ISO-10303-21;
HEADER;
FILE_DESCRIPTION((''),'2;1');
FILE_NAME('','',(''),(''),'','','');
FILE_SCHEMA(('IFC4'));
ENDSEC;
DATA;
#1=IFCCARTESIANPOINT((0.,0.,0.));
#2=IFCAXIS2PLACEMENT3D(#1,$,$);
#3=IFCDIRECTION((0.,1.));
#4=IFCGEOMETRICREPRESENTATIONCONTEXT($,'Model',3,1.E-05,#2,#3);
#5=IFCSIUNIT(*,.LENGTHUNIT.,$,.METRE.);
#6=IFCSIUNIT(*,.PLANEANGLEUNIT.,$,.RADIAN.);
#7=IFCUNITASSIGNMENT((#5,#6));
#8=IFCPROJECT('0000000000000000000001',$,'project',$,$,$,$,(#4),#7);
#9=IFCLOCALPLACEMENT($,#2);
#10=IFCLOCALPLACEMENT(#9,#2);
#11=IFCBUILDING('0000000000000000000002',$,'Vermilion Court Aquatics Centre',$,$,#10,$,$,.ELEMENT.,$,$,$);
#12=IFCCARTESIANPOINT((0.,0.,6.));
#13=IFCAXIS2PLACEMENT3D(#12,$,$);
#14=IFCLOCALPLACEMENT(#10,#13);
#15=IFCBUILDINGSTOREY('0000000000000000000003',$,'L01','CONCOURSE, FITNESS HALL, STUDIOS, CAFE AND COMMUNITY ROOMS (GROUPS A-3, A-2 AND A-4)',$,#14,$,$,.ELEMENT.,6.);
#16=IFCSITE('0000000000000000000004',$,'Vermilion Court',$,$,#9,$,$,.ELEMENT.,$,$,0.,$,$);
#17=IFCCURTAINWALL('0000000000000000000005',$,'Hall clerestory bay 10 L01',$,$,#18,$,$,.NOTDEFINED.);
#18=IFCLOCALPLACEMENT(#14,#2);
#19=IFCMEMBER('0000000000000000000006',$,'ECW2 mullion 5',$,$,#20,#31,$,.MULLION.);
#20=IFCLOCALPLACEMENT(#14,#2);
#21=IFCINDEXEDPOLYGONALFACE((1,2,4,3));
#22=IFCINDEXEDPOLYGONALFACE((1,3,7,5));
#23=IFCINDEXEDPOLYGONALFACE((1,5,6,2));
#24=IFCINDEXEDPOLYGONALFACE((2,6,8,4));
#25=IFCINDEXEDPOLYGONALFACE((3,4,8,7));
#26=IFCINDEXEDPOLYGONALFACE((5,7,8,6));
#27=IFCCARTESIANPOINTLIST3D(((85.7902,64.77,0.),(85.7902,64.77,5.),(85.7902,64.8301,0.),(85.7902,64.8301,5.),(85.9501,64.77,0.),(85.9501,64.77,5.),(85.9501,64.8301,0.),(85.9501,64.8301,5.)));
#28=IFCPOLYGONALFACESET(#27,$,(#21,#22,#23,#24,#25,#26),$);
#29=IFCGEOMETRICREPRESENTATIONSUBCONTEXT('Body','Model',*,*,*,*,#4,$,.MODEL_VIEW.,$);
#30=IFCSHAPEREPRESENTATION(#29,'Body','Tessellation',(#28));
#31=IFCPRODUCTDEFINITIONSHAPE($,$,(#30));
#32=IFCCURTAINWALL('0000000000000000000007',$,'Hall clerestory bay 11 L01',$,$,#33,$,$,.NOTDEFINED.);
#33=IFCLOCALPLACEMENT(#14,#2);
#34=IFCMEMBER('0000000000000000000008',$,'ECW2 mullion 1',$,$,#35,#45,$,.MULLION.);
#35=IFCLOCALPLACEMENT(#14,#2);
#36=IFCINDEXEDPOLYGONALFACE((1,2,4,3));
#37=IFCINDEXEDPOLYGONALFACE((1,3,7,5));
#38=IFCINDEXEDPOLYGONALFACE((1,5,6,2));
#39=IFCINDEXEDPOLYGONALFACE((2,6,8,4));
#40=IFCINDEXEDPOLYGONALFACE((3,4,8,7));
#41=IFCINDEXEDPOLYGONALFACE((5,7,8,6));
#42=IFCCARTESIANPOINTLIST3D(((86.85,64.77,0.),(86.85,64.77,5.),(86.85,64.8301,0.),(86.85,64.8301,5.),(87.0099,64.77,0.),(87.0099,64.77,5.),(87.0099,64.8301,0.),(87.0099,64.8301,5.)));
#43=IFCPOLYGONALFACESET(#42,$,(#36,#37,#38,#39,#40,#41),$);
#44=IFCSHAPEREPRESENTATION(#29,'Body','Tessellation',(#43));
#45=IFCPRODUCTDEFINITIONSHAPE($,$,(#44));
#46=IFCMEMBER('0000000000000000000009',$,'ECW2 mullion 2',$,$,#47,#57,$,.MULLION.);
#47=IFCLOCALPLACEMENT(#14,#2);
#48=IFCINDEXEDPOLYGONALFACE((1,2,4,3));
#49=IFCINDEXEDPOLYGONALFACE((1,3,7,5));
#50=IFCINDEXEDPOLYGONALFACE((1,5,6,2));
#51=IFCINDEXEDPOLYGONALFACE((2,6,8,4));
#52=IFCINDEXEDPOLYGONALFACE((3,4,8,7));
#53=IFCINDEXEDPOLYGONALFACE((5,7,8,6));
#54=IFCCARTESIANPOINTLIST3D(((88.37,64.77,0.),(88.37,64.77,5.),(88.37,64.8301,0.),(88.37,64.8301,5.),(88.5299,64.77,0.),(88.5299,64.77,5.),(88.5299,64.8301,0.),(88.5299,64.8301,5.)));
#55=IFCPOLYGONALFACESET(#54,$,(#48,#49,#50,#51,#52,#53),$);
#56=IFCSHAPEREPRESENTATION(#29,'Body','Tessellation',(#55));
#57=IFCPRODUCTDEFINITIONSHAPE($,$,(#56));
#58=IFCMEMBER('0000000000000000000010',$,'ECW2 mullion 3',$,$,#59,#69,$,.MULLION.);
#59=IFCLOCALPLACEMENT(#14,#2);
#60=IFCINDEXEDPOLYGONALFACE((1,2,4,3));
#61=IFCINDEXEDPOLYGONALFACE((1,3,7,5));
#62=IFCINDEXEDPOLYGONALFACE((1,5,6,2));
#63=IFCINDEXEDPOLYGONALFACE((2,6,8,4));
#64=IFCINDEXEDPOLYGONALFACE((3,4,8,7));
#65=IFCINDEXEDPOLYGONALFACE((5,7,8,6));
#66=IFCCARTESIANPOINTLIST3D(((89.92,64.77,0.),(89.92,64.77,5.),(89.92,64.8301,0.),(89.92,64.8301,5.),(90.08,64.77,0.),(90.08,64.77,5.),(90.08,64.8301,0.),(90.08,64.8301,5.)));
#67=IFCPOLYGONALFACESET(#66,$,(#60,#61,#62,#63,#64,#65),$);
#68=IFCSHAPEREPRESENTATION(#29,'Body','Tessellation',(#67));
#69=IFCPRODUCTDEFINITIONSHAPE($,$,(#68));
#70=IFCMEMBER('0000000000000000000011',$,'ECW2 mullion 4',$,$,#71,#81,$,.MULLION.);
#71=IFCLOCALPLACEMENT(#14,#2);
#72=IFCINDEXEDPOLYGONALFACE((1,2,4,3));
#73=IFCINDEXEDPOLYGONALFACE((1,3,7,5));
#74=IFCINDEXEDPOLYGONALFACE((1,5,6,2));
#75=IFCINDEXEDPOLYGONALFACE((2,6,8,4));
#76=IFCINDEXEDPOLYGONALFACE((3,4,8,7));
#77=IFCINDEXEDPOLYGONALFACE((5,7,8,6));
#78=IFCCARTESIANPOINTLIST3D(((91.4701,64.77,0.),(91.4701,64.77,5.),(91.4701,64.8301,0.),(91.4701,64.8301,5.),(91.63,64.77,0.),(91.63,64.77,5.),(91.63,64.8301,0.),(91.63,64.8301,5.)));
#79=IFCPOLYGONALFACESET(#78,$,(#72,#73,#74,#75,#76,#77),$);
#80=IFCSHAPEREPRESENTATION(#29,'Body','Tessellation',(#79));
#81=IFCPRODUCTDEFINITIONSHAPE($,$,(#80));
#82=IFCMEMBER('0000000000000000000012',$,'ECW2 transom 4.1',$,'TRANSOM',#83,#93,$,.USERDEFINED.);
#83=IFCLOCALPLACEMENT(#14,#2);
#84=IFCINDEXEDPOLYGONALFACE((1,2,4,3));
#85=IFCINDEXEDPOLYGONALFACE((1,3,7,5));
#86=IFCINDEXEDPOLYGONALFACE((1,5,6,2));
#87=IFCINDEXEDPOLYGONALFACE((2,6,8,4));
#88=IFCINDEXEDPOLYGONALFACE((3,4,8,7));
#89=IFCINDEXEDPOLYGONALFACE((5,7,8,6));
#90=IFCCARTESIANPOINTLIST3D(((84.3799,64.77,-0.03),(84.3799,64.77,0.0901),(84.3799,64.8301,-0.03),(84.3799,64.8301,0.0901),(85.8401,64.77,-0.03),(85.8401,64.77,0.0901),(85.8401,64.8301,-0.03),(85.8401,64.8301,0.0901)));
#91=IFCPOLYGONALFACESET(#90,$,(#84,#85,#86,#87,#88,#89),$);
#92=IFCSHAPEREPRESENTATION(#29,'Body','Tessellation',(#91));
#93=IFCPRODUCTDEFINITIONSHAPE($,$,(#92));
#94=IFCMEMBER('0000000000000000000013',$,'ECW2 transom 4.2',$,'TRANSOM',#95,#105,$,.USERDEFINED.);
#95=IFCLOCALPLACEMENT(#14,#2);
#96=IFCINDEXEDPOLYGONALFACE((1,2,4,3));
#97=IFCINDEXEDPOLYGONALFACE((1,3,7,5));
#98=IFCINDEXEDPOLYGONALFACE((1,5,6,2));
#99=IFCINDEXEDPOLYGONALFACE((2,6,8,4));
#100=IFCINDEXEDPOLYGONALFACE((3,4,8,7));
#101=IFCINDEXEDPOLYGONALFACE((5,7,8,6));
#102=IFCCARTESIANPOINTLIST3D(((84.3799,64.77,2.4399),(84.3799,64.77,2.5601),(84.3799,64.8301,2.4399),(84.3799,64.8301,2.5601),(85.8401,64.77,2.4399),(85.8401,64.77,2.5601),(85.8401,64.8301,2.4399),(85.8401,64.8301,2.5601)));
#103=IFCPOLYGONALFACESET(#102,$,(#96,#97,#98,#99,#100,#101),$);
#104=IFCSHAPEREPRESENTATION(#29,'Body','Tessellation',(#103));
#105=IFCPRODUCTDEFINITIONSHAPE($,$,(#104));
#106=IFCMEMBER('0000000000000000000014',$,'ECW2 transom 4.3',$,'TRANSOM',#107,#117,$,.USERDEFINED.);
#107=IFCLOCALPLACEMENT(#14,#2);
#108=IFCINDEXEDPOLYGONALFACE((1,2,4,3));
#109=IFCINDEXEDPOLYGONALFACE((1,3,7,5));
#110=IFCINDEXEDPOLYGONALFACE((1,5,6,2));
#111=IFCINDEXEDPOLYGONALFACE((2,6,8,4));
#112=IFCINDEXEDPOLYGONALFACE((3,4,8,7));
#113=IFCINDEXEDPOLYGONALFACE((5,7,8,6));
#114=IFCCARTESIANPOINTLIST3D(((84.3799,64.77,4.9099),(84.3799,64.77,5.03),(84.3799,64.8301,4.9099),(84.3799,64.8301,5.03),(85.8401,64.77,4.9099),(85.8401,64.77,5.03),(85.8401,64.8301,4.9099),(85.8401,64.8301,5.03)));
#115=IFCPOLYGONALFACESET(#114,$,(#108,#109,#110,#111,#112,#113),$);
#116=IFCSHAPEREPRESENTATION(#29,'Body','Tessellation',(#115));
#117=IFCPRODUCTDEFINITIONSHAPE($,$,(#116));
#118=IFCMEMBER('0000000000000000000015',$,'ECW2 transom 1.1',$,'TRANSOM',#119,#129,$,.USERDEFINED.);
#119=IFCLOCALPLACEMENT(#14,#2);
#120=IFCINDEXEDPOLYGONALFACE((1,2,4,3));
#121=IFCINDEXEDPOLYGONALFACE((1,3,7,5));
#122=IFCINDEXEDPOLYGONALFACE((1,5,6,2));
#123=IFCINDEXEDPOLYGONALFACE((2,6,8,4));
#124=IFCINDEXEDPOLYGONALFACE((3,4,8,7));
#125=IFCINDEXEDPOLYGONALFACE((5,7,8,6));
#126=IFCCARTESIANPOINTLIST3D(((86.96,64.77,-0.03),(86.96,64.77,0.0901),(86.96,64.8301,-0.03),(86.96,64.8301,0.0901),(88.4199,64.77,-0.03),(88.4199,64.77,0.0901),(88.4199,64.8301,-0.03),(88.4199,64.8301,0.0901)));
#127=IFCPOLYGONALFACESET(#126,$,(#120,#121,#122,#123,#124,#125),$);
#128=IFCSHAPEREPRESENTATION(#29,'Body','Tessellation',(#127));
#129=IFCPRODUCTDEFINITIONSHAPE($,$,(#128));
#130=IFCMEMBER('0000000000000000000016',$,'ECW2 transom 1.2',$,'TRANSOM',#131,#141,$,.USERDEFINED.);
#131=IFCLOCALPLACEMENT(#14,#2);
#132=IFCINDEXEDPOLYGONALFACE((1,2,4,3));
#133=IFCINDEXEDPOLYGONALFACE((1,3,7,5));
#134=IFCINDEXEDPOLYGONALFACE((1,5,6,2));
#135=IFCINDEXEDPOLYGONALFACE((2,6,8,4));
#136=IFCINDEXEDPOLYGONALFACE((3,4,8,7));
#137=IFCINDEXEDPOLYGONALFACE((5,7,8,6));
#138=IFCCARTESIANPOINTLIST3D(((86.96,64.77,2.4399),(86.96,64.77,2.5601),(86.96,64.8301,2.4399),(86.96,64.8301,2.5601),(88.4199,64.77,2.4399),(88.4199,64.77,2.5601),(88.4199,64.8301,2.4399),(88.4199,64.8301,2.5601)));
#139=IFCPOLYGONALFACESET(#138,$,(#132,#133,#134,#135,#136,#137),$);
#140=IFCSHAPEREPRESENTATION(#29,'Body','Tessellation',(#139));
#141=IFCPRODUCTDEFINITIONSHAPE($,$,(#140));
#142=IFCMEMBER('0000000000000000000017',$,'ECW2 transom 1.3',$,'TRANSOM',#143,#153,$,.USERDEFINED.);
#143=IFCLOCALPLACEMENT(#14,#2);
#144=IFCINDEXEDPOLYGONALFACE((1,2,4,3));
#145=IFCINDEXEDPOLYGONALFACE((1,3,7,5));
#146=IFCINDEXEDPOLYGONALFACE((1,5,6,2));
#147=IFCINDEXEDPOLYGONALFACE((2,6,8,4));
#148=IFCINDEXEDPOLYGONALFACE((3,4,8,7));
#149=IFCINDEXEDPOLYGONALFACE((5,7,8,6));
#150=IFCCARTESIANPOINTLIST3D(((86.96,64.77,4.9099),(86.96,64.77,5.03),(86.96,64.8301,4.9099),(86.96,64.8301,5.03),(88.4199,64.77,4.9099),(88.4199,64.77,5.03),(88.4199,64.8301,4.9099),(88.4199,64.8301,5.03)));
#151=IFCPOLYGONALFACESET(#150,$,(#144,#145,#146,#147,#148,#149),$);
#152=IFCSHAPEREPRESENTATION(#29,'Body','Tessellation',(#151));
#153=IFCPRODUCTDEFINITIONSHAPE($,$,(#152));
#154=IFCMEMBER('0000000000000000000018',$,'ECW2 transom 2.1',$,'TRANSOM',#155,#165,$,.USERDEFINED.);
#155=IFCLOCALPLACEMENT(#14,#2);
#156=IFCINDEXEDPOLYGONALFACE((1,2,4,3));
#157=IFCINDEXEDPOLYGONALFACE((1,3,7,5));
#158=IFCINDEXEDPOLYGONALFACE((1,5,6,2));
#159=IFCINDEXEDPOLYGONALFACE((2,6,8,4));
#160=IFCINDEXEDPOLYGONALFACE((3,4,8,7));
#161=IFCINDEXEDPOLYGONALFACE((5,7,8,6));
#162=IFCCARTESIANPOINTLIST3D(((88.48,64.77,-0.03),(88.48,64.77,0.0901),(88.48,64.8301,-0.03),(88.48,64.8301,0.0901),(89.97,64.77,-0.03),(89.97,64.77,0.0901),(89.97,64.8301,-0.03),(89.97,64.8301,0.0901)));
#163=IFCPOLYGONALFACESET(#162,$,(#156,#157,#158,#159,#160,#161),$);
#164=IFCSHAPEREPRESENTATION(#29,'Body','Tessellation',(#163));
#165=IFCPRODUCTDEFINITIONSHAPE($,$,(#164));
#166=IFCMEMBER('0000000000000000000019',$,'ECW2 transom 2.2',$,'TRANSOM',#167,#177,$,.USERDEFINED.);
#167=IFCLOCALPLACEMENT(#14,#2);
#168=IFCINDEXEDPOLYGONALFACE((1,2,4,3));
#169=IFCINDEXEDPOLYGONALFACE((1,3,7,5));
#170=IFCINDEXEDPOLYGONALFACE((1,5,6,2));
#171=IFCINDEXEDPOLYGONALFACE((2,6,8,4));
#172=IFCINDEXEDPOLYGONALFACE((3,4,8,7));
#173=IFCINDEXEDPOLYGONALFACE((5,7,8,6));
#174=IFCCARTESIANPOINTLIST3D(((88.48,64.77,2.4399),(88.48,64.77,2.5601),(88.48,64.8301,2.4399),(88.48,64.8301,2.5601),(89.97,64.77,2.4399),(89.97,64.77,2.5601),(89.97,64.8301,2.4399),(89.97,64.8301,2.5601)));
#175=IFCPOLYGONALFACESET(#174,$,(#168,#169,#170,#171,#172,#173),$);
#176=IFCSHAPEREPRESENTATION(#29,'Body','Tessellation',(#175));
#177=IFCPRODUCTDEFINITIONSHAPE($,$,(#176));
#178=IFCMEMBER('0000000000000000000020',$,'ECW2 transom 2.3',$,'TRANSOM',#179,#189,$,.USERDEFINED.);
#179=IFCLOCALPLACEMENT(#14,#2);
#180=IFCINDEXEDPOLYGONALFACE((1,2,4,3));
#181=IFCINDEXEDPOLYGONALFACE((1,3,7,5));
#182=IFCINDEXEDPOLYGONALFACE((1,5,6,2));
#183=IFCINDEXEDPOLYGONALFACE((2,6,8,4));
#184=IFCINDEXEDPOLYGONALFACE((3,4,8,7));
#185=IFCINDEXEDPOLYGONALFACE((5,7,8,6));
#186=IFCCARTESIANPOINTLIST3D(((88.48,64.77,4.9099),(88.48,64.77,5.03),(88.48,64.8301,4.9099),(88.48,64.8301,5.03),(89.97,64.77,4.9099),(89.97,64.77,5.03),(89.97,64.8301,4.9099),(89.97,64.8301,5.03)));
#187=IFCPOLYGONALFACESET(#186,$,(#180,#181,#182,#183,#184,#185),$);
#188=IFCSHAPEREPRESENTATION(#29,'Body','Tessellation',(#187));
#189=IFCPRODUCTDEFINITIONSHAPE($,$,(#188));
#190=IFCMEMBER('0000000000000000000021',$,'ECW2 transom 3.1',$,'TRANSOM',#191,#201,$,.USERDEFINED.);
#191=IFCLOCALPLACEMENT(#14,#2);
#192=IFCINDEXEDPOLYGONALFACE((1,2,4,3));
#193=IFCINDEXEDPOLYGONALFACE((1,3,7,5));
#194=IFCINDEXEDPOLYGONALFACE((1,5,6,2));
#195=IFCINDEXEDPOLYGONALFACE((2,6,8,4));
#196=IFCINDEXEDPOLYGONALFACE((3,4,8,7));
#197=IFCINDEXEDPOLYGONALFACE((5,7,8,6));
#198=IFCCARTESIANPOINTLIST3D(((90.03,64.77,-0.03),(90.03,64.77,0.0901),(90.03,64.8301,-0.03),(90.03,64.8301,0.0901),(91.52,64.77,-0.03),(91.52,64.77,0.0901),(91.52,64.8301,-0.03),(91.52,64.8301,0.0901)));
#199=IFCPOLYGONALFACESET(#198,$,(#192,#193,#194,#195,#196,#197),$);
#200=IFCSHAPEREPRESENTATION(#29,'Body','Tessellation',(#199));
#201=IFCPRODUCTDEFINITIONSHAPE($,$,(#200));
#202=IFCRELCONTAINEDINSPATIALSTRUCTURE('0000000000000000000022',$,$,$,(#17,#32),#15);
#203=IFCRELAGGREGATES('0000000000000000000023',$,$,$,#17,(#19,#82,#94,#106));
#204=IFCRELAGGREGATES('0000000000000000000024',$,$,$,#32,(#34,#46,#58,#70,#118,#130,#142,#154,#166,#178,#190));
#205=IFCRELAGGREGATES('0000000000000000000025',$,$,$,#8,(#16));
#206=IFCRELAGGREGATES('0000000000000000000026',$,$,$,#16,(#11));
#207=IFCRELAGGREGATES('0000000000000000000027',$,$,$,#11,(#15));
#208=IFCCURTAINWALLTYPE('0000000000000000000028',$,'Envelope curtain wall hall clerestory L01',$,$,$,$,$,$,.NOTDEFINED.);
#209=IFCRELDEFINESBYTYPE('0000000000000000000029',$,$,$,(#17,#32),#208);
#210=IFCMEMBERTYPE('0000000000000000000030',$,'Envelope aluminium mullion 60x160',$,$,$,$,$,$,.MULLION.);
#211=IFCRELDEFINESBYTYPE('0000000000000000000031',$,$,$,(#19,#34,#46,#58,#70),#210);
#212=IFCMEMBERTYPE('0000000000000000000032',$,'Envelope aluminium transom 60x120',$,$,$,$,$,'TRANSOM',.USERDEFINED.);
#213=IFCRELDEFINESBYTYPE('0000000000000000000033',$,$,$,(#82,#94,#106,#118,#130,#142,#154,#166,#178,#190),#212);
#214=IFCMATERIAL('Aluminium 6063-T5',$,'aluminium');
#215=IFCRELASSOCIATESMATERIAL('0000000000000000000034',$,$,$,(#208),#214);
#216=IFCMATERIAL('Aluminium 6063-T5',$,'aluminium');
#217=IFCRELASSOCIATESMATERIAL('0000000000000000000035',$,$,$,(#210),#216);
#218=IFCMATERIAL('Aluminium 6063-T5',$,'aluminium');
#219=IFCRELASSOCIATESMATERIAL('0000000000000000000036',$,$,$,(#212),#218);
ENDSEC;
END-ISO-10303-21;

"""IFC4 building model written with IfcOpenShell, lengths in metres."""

from ifc_helpers import new_model, si_unit, direction, frame, origin, origin_2d, place, context, subcontext, project, spatial, rectangle, extrude, material, material_profile, profile_set, type_object, element, aggregate, save


model = new_model("IFC4")

# Units and contexts
model_context = context("Model", 3, precision=1e-05, world=origin(), true_north=direction((0.0, 1.0)))
body_context = subcontext(model_context, "Body", "Model", "MODEL_VIEW")
ifc_project = project(units=[si_unit("LENGTHUNIT", "METRE"), si_unit("PLANEANGLEUNIT", "RADIAN")], contexts=[model_context])

# Site, building, storey
site_placement = place(None, origin())
site = spatial("IfcSite", under=ifc_project, at=site_placement, Name="Vermilion Court", CompositionType="ELEMENT", RefElevation=0.0)
building_placement = place(site_placement, origin())
building = spatial("IfcBuilding", under=site, at=building_placement, Name="Vermilion Court Aquatics Centre", CompositionType="ELEMENT")
storey_placement = place(building_placement, frame((0.0, 0.0, 6.0)))
storey = spatial("IfcBuildingStorey", under=building, at=storey_placement, Name="L01", Description="CONCOURSE, FITNESS HALL, STUDIOS, CAFE AND COMMUNITY ROOMS (GROUPS A-3, A-2 AND A-4)", CompositionType="ELEMENT", Elevation=6.0)

# Curtain wall, member
ifc_material_1 = material(Name="Aluminium 6063-T5", Category="aluminium")
curtain_wall_type = type_object("IfcCurtainWallType", Name="Envelope curtain wall hall clerestory L01", PredefinedType="NOTDEFINED", material=ifc_material_1)
curtain_wall_1_placement = place(storey_placement, origin())
curtain_wall_1 = element("IfcCurtainWall", 1, at=curtain_wall_1_placement, inside=storey, type_object=curtain_wall_type, Name="Hall clerestory bay 10 L01", PredefinedType="NOTDEFINED")
ifc_material_2 = material(Name="Aluminium 6063-T5", Category="aluminium")
ifc_material_profile_1 = material_profile(ifc_material_2, rectangle(XDim=0.0601, YDim=0.1599, at=origin_2d()), Name="AL 60x160")
ifc_profile_set_1 = profile_set([ifc_material_profile_1], Name="Aluminium 6063-T5")
member_type_1 = type_object("IfcMemberType", Name="Envelope aluminium mullion 60x160", PredefinedType="MULLION", material=ifc_profile_set_1)
member_1_placement = place(storey_placement, frame((85.8701, 64.8, 0.0), z_axis=(0.0, 0.0, 1.0), x_axis=(0.0, 1.0, 0.0)))
member_1 = element("IfcMember", 2, at=member_1_placement, type_object=member_type_1, Name="ECW2 mullion 5", PredefinedType="MULLION", context=body_context, shape_type="SweptSolid", body=[
    extrude(rectangle(XDim=0.0601, YDim=0.1599, at=origin_2d()), origin(), (0.0, 0.0, 1.0), 5.0),
])

# Curtain wall, members
curtain_wall_2_placement = place(storey_placement, origin())
curtain_wall_2 = element("IfcCurtainWall", 3, at=curtain_wall_2_placement, inside=storey, type_object=curtain_wall_type, Name="Hall clerestory bay 11 L01", PredefinedType="NOTDEFINED")
member_2_placement = place(storey_placement, frame((86.9299, 64.8, 0.0), z_axis=(0.0, 0.0, 1.0), x_axis=(0.0, 1.0, 0.0)))
member_2 = element("IfcMember", 4, at=member_2_placement, type_object=member_type_1, Name="ECW2 mullion 1", PredefinedType="MULLION", context=body_context, shape_type="SweptSolid", body=[
    extrude(rectangle(XDim=0.0601, YDim=0.1599, at=origin_2d()), origin(), (0.0, 0.0, 1.0), 5.0),
])
member_3_placement = place(storey_placement, frame((88.45, 64.8, 0.0), z_axis=(0.0, 0.0, 1.0), x_axis=(0.0, 1.0, 0.0)))
member_3 = element("IfcMember", 5, at=member_3_placement, type_object=member_type_1, Name="ECW2 mullion 2", PredefinedType="MULLION", context=body_context, shape_type="SweptSolid", body=[
    extrude(rectangle(XDim=0.0601, YDim=0.1599, at=origin_2d()), origin(), (0.0, 0.0, 1.0), 5.0),
])
member_4_placement = place(storey_placement, frame((90.0, 64.8, 0.0), z_axis=(0.0, 0.0, 1.0), x_axis=(0.0, 1.0, 0.0)))
member_4 = element("IfcMember", 6, at=member_4_placement, type_object=member_type_1, Name="ECW2 mullion 3", PredefinedType="MULLION", context=body_context, shape_type="SweptSolid", body=[
    extrude(rectangle(XDim=0.0601, YDim=0.1599, at=origin_2d()), origin(), (0.0, 0.0, 1.0), 5.0),
])
member_5_placement = place(storey_placement, frame((91.55, 64.8, 0.0), z_axis=(0.0, 0.0, 1.0), x_axis=(0.0, 1.0, 0.0)))
member_5 = element("IfcMember", 7, at=member_5_placement, type_object=member_type_1, Name="ECW2 mullion 4", PredefinedType="MULLION", context=body_context, shape_type="SweptSolid", body=[
    extrude(rectangle(XDim=0.0601, YDim=0.1599, at=origin_2d()), origin(), (0.0, 0.0, 1.0), 5.0),
])

# Members
ifc_material_3 = material(Name="Aluminium 6063-T5", Category="aluminium")
ifc_material_profile_2 = material_profile(ifc_material_3, rectangle(XDim=0.0601, YDim=0.1201, at=origin_2d()), Name="AL 60x120")
ifc_profile_set_2 = profile_set([ifc_material_profile_2], Name="Aluminium 6063-T5")
member_type_2 = type_object("IfcMemberType", Name="Envelope aluminium transom 60x120", ElementType="TRANSOM", PredefinedType="USERDEFINED", material=ifc_profile_set_2)
member_6_placement = place(storey_placement, frame((84.3799, 64.8, 0.03), z_axis=(1.0, 0.0, 0.0), x_axis=(0.0, 1.0, 0.0)))
member_6 = element("IfcMember", 8, at=member_6_placement, type_object=member_type_2, Name="ECW2 transom 4.1", ObjectType="TRANSOM", PredefinedType="USERDEFINED", context=body_context, shape_type="SweptSolid", body=[
    extrude(rectangle(XDim=0.0601, YDim=0.1201, at=origin_2d()), origin(), (0.0, 0.0, 1.0), 1.4602),
])
member_7_placement = place(storey_placement, frame((84.3799, 64.8, 2.5), z_axis=(1.0, 0.0, 0.0), x_axis=(0.0, 1.0, 0.0)))
member_7 = element("IfcMember", 9, at=member_7_placement, type_object=member_type_2, Name="ECW2 transom 4.2", ObjectType="TRANSOM", PredefinedType="USERDEFINED", context=body_context, shape_type="SweptSolid", body=[
    extrude(rectangle(XDim=0.0601, YDim=0.1201, at=origin_2d()), origin(), (0.0, 0.0, 1.0), 1.4602),
])
member_8_placement = place(storey_placement, frame((84.3799, 64.8, 4.97), z_axis=(1.0, 0.0, 0.0), x_axis=(0.0, 1.0, 0.0)))
member_8 = element("IfcMember", 10, at=member_8_placement, type_object=member_type_2, Name="ECW2 transom 4.3", ObjectType="TRANSOM", PredefinedType="USERDEFINED", context=body_context, shape_type="SweptSolid", body=[
    extrude(rectangle(XDim=0.0601, YDim=0.1201, at=origin_2d()), origin(), (0.0, 0.0, 1.0), 1.4602),
])
member_9_placement = place(storey_placement, frame((86.96, 64.8, 0.03), z_axis=(1.0, 0.0, 0.0), x_axis=(0.0, 1.0, 0.0)))
member_9 = element("IfcMember", 11, at=member_9_placement, type_object=member_type_2, Name="ECW2 transom 1.1", ObjectType="TRANSOM", PredefinedType="USERDEFINED", context=body_context, shape_type="SweptSolid", body=[
    extrude(rectangle(XDim=0.0601, YDim=0.1201, at=origin_2d()), origin(), (0.0, 0.0, 1.0), 1.46),
])
member_10_placement = place(storey_placement, frame((86.96, 64.8, 2.5), z_axis=(1.0, 0.0, 0.0), x_axis=(0.0, 1.0, 0.0)))
member_10 = element("IfcMember", 12, at=member_10_placement, type_object=member_type_2, Name="ECW2 transom 1.2", ObjectType="TRANSOM", PredefinedType="USERDEFINED", context=body_context, shape_type="SweptSolid", body=[
    extrude(rectangle(XDim=0.0601, YDim=0.1201, at=origin_2d()), origin(), (0.0, 0.0, 1.0), 1.46),
])
member_11_placement = place(storey_placement, frame((86.96, 64.8, 4.97), z_axis=(1.0, 0.0, 0.0), x_axis=(0.0, 1.0, 0.0)))
member_11 = element("IfcMember", 13, at=member_11_placement, type_object=member_type_2, Name="ECW2 transom 1.3", ObjectType="TRANSOM", PredefinedType="USERDEFINED", context=body_context, shape_type="SweptSolid", body=[
    extrude(rectangle(XDim=0.0601, YDim=0.1201, at=origin_2d()), origin(), (0.0, 0.0, 1.0), 1.46),
])
member_12_placement = place(storey_placement, frame((88.48, 64.8, 0.03), z_axis=(1.0, 0.0, 0.0), x_axis=(0.0, 1.0, 0.0)))
member_12 = element("IfcMember", 14, at=member_12_placement, type_object=member_type_2, Name="ECW2 transom 2.1", ObjectType="TRANSOM", PredefinedType="USERDEFINED", context=body_context, shape_type="SweptSolid", body=[
    extrude(rectangle(XDim=0.0601, YDim=0.1201, at=origin_2d()), origin(), (0.0, 0.0, 1.0), 1.49),
])
member_13_placement = place(storey_placement, frame((88.48, 64.8, 2.5), z_axis=(1.0, 0.0, 0.0), x_axis=(0.0, 1.0, 0.0)))
member_13 = element("IfcMember", 15, at=member_13_placement, type_object=member_type_2, Name="ECW2 transom 2.2", ObjectType="TRANSOM", PredefinedType="USERDEFINED", context=body_context, shape_type="SweptSolid", body=[
    extrude(rectangle(XDim=0.0601, YDim=0.1201, at=origin_2d()), origin(), (0.0, 0.0, 1.0), 1.49),
])
member_14_placement = place(storey_placement, frame((88.48, 64.8, 4.97), z_axis=(1.0, 0.0, 0.0), x_axis=(0.0, 1.0, 0.0)))
member_14 = element("IfcMember", 16, at=member_14_placement, type_object=member_type_2, Name="ECW2 transom 2.3", ObjectType="TRANSOM", PredefinedType="USERDEFINED", context=body_context, shape_type="SweptSolid", body=[
    extrude(rectangle(XDim=0.0601, YDim=0.1201, at=origin_2d()), origin(), (0.0, 0.0, 1.0), 1.49),
])
member_15_placement = place(storey_placement, frame((90.03, 64.8, 0.03), z_axis=(1.0, 0.0, 0.0), x_axis=(0.0, 1.0, 0.0)))
member_15 = element("IfcMember", 17, at=member_15_placement, type_object=member_type_2, Name="ECW2 transom 3.1", ObjectType="TRANSOM", PredefinedType="USERDEFINED", context=body_context, shape_type="SweptSolid", body=[
    extrude(rectangle(XDim=0.0601, YDim=0.1201, at=origin_2d()), origin(), (0.0, 0.0, 1.0), 1.49),
])

aggregate(curtain_wall_1, [member_1, member_6, member_7, member_8])
aggregate(curtain_wall_2, [member_2, member_3, member_4, member_5, member_9, member_10, member_11, member_12, member_13, member_14, member_15])

save(model, "model.ifc")
